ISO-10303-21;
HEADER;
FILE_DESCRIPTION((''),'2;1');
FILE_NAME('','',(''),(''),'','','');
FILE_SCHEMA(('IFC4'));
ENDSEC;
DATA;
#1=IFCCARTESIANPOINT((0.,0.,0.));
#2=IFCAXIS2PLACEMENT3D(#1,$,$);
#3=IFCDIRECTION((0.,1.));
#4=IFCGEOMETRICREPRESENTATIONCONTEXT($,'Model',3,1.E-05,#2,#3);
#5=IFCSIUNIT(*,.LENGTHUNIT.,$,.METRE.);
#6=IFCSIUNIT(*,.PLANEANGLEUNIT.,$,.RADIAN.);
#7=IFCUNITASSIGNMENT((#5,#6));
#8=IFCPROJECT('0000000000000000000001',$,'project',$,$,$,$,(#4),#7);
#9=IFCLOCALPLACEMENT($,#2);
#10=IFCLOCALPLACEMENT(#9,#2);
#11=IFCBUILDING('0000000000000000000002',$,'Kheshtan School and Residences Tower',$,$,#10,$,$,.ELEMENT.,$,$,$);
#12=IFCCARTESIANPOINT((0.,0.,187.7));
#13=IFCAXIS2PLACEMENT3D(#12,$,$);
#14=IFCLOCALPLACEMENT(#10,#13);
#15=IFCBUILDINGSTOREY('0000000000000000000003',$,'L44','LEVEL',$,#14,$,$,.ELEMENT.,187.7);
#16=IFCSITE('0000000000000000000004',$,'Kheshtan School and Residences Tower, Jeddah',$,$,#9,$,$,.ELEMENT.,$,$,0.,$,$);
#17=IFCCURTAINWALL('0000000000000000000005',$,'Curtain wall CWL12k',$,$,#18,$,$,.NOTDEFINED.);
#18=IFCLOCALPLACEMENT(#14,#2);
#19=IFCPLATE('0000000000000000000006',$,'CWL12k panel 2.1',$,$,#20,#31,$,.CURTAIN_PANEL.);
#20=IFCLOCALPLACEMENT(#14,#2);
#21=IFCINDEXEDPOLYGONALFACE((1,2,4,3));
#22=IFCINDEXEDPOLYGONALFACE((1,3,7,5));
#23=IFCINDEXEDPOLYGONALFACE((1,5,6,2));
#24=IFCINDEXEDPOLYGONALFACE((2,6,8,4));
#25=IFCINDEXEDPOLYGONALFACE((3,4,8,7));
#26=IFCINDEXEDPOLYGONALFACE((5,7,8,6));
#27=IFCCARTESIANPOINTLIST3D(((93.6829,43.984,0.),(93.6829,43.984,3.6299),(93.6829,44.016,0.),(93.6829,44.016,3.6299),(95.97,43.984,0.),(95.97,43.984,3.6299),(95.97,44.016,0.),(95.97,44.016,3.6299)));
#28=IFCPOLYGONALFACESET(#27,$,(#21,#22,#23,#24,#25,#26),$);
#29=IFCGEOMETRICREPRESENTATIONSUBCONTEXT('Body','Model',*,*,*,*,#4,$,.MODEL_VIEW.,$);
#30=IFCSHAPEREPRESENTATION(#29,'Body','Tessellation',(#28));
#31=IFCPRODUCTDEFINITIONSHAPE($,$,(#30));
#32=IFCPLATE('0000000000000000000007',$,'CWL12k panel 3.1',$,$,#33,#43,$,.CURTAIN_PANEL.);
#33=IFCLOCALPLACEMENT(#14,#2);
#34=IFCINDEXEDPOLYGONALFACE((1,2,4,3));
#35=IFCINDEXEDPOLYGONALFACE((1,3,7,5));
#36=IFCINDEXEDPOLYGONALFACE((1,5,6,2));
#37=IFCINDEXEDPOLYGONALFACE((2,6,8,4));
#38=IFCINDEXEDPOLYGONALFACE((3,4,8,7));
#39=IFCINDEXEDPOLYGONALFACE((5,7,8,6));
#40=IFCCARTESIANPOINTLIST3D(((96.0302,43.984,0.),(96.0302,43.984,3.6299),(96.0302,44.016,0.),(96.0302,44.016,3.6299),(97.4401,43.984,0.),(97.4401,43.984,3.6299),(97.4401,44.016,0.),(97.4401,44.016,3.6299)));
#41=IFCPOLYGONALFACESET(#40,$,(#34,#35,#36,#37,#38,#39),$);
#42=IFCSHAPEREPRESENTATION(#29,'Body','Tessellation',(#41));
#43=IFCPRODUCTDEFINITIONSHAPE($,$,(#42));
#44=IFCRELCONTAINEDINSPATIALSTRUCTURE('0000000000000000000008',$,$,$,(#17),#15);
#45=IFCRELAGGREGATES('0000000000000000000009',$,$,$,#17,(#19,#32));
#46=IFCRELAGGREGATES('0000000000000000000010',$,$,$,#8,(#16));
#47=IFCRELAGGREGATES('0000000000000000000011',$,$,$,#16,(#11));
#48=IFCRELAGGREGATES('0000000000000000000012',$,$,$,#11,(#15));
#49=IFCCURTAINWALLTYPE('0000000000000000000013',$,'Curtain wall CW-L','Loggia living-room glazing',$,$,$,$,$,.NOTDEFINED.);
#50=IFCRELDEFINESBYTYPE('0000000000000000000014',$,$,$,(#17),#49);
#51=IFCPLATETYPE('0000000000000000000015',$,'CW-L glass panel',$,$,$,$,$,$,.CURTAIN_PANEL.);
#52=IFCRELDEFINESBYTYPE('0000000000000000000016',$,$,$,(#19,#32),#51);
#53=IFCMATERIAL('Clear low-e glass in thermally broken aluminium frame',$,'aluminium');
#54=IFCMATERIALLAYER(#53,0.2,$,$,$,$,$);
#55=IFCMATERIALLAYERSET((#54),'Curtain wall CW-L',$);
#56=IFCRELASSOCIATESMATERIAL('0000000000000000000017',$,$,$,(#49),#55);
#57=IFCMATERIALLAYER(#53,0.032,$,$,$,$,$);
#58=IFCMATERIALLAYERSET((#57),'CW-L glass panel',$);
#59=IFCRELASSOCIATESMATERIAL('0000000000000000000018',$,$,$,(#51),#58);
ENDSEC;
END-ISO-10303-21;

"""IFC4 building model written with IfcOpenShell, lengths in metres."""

from ifc_helpers import new_model, si_unit, direction, frame, origin, origin_2d, place, context, subcontext, project, spatial, rectangle, extrude, material, layer, layer_set, type_object, element, aggregate, save


model = new_model("IFC4")

# Units and contexts
model_context = context("Model", 3, precision=1e-05, world=origin(), true_north=direction((0.0, 1.0)))
body_context = subcontext(model_context, "Body", "Model", "MODEL_VIEW")
ifc_project = project(units=[si_unit("LENGTHUNIT", "METRE"), si_unit("PLANEANGLEUNIT", "RADIAN")], contexts=[model_context])

# Site, building, storey
site_placement = place(None, origin())
site = spatial("IfcSite", under=ifc_project, at=site_placement, Name="Kheshtan School and Residences Tower, Jeddah", CompositionType="ELEMENT", RefElevation=0.0)
building_placement = place(site_placement, origin())
building = spatial("IfcBuilding", under=site, at=building_placement, Name="Kheshtan School and Residences Tower", CompositionType="ELEMENT")
storey_placement = place(building_placement, frame((0.0, 0.0, 187.7)))
storey = spatial("IfcBuildingStorey", under=building, at=storey_placement, Name="L44", Description="LEVEL", CompositionType="ELEMENT", Elevation=187.7)

# Curtain wall
ifc_material_1 = material(Name="Clear low-e glass in thermally broken aluminium frame", Category="aluminium")
ifc_layer_1 = layer(ifc_material_1, 0.2)
ifc_layer_set_1 = layer_set([ifc_layer_1], Name="Curtain wall CW-L")
curtain_wall_type = type_object("IfcCurtainWallType", Name="Curtain wall CW-L", Description="Loggia living-room glazing", PredefinedType="NOTDEFINED", material=ifc_layer_set_1)
curtain_wall_1_placement = place(storey_placement, origin())
curtain_wall_1 = element("IfcCurtainWall", 1, at=curtain_wall_1_placement, inside=storey, type_object=curtain_wall_type, Name="Curtain wall CWL12k", PredefinedType="NOTDEFINED")

# Plates
ifc_layer_2 = layer(ifc_material_1, 0.032)
ifc_layer_set_2 = layer_set([ifc_layer_2], Name="CW-L glass panel")
plate_type = type_object("IfcPlateType", Name="CW-L glass panel", PredefinedType="CURTAIN_PANEL", material=ifc_layer_set_2)
plate_1_placement = place(storey_placement, frame((94.8264, 44.0, 0.0), z_axis=(0.0, 0.0, 1.0), x_axis=(1.0, 0.0, 0.0)))
plate_1 = element("IfcPlate", 2, at=plate_1_placement, type_object=plate_type, Name="CWL12k panel 2.1", PredefinedType="CURTAIN_PANEL", context=body_context, shape_type="SweptSolid", body=[
    extrude(rectangle(XDim=2.2871, YDim=0.032, at=origin_2d()), origin(), (0.0, 0.0, 1.0), 3.6299),
])
plate_2_placement = place(storey_placement, frame((96.7351, 44.0, 0.0), z_axis=(0.0, 0.0, 1.0), x_axis=(1.0, 0.0, 0.0)))
plate_2 = element("IfcPlate", 3, at=plate_2_placement, type_object=plate_type, Name="CWL12k panel 3.1", PredefinedType="CURTAIN_PANEL", context=body_context, shape_type="SweptSolid", body=[
    extrude(rectangle(XDim=1.4099, YDim=0.032, at=origin_2d()), origin(), (0.0, 0.0, 1.0), 3.6299),
])
aggregate(curtain_wall_1, [plate_1, plate_2])

save(model, "model.ifc")
